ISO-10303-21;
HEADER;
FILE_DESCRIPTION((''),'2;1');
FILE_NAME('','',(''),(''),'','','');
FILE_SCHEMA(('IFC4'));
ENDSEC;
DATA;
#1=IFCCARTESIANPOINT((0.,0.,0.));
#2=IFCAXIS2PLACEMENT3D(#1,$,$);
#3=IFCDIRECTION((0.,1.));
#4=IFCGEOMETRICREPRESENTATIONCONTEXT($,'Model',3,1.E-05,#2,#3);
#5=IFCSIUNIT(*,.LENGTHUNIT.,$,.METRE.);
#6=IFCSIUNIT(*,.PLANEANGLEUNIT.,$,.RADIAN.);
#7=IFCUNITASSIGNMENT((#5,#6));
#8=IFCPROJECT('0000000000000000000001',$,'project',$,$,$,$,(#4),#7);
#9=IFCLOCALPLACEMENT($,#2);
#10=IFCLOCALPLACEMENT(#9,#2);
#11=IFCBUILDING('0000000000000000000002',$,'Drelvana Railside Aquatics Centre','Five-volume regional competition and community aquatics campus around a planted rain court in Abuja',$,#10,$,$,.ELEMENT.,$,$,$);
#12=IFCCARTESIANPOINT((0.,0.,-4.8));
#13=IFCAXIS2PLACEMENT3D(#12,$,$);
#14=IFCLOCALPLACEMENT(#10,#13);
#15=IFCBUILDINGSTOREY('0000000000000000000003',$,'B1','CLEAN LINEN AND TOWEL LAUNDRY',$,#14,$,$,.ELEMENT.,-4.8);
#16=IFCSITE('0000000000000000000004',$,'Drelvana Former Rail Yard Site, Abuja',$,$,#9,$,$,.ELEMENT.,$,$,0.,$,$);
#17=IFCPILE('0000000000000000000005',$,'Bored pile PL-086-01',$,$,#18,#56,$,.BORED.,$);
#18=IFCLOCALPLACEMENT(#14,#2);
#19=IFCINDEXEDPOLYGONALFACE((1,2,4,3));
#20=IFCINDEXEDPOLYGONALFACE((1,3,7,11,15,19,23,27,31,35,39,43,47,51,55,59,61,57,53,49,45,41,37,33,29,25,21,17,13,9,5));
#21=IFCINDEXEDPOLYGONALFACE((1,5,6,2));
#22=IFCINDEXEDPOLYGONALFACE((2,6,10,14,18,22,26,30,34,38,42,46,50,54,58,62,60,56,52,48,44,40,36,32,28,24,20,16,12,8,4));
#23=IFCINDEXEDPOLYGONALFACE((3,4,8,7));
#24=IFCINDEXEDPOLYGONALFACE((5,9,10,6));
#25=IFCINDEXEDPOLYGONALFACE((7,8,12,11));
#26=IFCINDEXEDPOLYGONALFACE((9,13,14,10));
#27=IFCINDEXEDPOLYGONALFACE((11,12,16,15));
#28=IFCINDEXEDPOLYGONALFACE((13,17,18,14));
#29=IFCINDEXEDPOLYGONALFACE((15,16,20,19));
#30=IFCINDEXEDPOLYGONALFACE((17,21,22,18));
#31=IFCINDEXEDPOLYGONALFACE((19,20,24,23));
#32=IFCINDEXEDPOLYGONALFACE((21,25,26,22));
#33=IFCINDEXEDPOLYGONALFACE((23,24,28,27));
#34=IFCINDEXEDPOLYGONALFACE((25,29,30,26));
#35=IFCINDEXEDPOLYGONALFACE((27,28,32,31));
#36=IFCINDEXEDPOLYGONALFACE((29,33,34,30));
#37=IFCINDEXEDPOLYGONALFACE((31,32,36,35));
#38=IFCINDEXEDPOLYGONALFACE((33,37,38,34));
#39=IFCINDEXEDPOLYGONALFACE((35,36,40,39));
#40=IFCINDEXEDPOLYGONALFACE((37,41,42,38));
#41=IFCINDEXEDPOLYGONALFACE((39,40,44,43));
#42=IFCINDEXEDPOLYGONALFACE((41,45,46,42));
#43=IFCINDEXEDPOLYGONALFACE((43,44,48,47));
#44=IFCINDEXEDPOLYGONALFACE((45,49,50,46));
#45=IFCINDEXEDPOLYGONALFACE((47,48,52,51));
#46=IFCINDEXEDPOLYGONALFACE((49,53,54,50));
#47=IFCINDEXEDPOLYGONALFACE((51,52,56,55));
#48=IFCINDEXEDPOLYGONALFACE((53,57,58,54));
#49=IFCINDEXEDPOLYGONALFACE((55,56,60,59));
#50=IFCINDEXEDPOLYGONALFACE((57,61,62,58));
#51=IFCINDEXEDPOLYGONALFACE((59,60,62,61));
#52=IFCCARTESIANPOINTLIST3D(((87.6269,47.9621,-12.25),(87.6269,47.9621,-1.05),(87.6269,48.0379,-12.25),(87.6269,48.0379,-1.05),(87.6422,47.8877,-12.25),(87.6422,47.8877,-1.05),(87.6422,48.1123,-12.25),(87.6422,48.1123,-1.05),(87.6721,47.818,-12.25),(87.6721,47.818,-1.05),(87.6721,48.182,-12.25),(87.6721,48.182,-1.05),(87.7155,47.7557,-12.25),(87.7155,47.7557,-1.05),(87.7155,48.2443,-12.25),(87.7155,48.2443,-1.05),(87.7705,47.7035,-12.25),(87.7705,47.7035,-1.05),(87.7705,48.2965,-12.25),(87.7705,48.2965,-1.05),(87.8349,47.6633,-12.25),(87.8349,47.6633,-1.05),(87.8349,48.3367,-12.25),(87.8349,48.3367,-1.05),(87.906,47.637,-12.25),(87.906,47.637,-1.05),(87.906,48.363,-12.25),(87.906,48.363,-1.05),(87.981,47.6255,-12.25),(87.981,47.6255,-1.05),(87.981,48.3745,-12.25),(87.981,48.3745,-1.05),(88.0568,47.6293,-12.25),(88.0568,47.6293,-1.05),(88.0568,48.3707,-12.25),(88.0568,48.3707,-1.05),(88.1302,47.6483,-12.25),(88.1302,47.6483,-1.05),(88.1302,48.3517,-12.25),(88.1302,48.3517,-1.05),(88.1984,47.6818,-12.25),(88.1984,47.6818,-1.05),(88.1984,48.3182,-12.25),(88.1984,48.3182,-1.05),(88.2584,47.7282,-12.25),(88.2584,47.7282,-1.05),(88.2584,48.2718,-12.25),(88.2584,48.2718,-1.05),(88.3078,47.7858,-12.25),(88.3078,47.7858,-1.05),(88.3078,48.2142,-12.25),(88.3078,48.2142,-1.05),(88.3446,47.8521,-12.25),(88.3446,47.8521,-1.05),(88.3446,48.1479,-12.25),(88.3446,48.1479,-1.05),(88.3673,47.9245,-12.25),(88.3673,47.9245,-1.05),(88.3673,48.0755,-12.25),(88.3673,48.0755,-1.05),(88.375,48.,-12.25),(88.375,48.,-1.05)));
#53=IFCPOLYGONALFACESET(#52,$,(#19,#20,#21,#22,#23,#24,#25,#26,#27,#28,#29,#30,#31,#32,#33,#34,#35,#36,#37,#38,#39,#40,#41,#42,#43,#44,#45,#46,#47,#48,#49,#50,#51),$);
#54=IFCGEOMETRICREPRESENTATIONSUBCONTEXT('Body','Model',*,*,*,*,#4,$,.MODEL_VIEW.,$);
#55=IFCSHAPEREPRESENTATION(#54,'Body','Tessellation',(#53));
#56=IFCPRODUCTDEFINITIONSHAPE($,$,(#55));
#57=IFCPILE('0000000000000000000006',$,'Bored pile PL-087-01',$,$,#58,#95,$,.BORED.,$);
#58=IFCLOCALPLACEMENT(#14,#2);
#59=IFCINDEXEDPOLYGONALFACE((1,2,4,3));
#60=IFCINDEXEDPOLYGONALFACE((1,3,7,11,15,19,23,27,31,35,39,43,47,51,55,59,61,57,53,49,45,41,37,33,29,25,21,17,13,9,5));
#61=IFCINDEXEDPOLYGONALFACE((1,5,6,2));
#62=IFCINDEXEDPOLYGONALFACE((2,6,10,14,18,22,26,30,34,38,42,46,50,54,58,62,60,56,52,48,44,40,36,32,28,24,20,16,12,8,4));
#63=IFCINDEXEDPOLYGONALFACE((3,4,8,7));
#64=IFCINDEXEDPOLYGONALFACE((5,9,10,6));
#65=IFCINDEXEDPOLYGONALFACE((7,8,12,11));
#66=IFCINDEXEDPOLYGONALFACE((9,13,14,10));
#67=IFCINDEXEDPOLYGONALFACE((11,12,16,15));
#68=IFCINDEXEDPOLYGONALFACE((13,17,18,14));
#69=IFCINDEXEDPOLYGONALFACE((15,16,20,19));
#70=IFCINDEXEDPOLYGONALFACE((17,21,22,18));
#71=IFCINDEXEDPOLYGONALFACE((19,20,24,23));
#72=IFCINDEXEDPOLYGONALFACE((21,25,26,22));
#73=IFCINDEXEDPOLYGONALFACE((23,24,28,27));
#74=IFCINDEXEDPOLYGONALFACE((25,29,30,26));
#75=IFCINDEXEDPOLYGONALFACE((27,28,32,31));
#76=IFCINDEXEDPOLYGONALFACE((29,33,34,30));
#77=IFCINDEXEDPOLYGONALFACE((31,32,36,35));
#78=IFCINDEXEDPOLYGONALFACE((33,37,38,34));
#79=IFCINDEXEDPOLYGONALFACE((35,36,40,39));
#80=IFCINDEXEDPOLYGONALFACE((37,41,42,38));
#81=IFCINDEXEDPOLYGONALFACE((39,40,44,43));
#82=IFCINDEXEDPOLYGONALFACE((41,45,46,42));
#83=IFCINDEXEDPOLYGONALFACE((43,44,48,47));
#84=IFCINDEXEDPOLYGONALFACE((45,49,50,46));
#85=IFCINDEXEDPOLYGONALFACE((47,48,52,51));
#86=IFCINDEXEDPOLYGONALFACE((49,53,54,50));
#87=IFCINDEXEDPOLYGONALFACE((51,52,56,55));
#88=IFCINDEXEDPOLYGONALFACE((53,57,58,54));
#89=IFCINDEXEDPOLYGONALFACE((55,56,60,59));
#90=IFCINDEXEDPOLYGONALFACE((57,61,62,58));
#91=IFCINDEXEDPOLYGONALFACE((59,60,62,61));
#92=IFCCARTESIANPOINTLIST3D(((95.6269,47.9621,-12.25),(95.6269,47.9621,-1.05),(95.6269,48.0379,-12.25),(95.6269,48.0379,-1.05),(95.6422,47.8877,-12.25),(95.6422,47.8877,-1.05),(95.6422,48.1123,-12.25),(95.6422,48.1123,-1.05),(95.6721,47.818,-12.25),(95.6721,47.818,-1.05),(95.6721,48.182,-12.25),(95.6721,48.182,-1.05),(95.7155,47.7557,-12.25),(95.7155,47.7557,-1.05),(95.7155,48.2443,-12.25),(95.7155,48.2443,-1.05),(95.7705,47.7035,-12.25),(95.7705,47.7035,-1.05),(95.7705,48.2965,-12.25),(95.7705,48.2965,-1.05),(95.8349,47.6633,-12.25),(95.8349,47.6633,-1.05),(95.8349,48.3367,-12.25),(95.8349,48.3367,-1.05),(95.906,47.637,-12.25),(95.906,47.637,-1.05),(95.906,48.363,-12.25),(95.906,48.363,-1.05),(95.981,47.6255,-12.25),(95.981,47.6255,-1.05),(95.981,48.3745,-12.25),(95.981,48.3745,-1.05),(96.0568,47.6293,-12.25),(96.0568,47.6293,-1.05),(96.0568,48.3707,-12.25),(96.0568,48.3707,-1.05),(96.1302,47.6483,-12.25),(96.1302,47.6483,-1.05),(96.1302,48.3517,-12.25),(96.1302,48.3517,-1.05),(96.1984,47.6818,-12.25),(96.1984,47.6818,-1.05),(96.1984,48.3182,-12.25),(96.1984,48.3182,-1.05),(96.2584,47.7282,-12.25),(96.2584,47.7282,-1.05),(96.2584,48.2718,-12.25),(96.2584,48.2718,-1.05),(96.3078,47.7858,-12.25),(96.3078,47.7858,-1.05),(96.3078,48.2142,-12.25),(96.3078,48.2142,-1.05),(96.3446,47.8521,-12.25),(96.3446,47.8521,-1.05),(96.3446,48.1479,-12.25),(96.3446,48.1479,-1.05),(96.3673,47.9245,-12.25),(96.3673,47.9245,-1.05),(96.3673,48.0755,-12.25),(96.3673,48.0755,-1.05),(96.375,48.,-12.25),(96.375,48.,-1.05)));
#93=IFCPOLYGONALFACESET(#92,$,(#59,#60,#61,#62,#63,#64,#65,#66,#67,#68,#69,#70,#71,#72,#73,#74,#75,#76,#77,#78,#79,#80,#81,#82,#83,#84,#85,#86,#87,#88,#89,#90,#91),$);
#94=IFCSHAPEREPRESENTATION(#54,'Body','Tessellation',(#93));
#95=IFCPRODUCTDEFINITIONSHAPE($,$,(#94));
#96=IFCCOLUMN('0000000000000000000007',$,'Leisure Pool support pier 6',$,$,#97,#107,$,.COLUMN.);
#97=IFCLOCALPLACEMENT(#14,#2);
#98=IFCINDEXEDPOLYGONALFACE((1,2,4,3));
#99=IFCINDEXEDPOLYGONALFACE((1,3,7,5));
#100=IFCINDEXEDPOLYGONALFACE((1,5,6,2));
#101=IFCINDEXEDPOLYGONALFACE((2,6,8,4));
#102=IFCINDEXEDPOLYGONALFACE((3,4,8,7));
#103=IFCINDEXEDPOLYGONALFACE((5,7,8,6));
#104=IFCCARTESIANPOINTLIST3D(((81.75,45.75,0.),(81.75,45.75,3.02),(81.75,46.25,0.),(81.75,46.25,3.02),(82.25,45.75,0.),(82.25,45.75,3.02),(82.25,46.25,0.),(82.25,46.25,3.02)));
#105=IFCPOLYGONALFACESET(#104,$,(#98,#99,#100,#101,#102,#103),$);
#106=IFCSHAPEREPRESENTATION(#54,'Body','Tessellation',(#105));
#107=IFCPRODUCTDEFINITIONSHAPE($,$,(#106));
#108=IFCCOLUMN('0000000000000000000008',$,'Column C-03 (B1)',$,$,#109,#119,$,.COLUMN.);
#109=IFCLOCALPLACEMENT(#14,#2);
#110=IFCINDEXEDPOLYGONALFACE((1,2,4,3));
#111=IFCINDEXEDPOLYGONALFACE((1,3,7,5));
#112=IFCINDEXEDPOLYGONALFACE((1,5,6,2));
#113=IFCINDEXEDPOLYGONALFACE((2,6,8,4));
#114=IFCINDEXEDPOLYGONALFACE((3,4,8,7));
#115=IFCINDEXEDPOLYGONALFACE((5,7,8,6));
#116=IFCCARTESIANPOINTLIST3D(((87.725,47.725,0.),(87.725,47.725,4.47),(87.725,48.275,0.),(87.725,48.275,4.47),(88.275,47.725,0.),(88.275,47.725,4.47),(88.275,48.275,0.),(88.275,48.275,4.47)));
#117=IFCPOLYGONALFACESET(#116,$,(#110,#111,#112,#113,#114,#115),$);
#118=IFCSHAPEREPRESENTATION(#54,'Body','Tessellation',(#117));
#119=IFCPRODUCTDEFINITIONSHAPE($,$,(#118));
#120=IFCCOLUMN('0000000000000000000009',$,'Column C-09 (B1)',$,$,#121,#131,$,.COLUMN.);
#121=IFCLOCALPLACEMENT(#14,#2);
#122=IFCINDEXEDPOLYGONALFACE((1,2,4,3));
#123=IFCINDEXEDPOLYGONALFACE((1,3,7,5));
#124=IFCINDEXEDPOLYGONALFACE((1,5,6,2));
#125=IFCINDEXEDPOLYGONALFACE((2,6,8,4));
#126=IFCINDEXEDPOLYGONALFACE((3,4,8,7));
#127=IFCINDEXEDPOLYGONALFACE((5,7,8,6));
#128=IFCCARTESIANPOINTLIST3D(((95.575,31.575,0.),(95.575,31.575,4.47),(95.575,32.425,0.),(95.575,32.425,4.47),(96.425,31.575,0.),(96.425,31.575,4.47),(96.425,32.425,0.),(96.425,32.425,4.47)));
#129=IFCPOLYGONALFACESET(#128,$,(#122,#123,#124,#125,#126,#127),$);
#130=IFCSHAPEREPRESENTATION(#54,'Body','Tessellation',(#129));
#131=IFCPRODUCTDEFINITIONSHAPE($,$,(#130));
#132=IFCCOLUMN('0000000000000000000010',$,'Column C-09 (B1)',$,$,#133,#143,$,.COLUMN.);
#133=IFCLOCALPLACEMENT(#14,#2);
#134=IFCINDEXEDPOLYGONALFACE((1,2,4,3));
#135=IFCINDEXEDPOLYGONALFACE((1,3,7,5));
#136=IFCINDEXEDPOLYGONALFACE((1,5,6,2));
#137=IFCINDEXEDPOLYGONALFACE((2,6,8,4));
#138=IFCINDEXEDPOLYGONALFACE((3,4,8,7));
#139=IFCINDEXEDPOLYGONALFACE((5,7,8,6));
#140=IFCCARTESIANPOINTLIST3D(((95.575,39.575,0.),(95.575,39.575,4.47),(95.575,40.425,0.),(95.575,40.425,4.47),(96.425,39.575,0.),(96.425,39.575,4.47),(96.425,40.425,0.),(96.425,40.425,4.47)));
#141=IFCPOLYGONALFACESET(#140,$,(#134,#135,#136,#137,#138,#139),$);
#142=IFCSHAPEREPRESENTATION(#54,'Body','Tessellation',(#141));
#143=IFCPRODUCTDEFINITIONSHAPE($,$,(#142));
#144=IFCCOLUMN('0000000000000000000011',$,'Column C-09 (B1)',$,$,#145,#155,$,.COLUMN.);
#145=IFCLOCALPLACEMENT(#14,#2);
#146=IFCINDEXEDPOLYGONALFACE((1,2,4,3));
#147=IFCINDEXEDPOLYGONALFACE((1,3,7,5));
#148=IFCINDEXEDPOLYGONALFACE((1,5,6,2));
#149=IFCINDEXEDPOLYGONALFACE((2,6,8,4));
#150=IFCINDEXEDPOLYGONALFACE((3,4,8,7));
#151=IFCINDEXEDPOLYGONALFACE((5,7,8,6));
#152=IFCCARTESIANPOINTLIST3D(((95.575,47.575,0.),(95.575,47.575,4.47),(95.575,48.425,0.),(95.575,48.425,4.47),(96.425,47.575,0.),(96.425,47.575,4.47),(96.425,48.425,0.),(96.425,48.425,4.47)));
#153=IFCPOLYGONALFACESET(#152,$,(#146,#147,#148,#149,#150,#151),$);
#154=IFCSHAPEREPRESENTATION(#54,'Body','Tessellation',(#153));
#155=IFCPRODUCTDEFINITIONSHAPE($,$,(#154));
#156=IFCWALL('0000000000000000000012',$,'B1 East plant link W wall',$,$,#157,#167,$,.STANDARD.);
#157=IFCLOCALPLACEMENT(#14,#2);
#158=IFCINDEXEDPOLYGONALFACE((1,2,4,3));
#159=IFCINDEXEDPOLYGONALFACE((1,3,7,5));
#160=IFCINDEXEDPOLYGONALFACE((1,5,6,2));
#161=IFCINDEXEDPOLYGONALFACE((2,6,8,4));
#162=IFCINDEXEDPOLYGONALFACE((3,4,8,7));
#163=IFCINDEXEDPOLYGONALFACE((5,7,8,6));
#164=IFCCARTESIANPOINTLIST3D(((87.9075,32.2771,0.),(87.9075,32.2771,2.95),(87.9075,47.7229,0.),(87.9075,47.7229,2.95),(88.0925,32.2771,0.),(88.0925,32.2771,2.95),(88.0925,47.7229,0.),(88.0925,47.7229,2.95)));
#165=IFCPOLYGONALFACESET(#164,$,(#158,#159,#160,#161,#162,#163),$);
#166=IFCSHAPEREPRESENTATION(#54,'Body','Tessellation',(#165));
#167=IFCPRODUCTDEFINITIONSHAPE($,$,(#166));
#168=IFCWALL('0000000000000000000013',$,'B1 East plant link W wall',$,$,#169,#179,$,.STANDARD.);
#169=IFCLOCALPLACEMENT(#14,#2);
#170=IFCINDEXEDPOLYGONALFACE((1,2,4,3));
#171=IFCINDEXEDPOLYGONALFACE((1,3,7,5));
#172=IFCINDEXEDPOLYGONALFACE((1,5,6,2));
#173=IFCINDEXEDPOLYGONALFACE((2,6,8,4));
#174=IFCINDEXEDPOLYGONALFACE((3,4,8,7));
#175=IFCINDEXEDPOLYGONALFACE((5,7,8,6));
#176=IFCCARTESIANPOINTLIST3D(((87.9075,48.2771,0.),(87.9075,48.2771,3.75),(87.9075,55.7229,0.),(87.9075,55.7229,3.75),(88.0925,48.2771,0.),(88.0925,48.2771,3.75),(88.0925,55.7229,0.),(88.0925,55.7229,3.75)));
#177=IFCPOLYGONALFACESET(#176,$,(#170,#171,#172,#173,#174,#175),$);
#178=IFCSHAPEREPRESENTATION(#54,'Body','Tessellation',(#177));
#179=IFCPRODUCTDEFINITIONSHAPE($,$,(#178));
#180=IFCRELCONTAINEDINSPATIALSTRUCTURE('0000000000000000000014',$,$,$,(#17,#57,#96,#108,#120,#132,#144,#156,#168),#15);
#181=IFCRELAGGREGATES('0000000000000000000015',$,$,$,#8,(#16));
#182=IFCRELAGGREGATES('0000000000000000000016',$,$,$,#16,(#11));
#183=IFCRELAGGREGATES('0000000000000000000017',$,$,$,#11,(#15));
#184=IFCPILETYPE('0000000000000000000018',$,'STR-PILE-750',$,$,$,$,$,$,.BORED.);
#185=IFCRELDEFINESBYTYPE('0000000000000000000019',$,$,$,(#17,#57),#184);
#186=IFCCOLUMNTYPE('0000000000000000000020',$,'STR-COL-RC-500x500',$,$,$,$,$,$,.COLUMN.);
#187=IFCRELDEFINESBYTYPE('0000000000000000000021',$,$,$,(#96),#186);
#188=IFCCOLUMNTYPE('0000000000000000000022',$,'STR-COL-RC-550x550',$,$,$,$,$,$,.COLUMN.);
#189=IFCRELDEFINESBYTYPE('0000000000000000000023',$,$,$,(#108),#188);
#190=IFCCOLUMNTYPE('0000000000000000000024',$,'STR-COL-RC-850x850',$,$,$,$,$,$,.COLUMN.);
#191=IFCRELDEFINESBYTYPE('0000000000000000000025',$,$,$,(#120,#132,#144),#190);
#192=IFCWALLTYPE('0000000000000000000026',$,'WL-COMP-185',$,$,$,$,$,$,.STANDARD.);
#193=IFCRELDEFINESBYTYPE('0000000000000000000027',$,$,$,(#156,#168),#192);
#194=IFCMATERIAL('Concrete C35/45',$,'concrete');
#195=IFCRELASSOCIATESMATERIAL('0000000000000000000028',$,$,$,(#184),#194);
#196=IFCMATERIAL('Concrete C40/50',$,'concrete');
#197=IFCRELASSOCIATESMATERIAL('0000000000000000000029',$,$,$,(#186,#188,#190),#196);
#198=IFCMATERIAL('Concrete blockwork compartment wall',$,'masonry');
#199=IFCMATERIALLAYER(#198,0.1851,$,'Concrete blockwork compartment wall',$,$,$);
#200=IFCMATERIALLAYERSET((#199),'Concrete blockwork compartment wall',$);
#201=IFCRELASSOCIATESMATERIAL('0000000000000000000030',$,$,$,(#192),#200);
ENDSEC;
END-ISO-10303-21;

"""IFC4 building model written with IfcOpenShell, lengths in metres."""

from ifc_helpers import new_model, si_unit, direction, frame, frame_2d, origin, origin_2d, place, context, subcontext, project, spatial, rectangle, circle, extrude, material, layer, layer_set, material_profile, profile_set, type_object, element, save


model = new_model("IFC4")

# Units and contexts
model_context = context("Model", 3, precision=1e-05, world=origin(), true_north=direction((0.0, 1.0)))
body_context = subcontext(model_context, "Body", "Model", "MODEL_VIEW")
ifc_project = project(units=[si_unit("LENGTHUNIT", "METRE"), si_unit("PLANEANGLEUNIT", "RADIAN")], contexts=[model_context])

# Site, building, storey
site_placement = place(None, origin())
site = spatial("IfcSite", under=ifc_project, at=site_placement, Name="Drelvana Former Rail Yard Site, Abuja", CompositionType="ELEMENT", RefElevation=0.0)
building_placement = place(site_placement, origin())
building = spatial("IfcBuilding", under=site, at=building_placement, Name="Drelvana Railside Aquatics Centre", Description="Five-volume regional competition and community aquatics campus around a planted rain court in Abuja", CompositionType="ELEMENT")
storey_placement = place(building_placement, frame((0.0, 0.0, -4.8)))
storey = spatial("IfcBuildingStorey", under=building, at=storey_placement, Name="B1", Description="CLEAN LINEN AND TOWEL LAUNDRY", CompositionType="ELEMENT", Elevation=-4.8)

# Shared definitions
ifc_material_1 = material(Name="Concrete C35/45", Category="concrete")

# Piles
ifc_material_profile_1 = material_profile(ifc_material_1, circle(Radius=0.375, at=origin_2d()), Name="PILE D750")
ifc_profile_set_1 = profile_set([ifc_material_profile_1], Name="Concrete C35/45")
pile_type = type_object("IfcPileType", Name="STR-PILE-750", PredefinedType="BORED", material=ifc_profile_set_1)
for number, where, z_axis, x_axis, name in (
    (1, (88.0, 48.0, -1.05), (0.0, 0.0, -1.0), (1.0, 0.0, 0.0), "Bored pile PL-086-01"),
    (2, (96.0, 48.0, -1.05), (0.0, 0.0, -1.0), (1.0, 0.0, 0.0), "Bored pile PL-087-01"),
):
    element("IfcPile", number, at=place(storey_placement, frame(where, z_axis=z_axis, x_axis=x_axis)), inside=storey, type_object=pile_type, Name=name, PredefinedType="BORED", context=body_context, shape_type="SweptSolid", body=[
        extrude(circle(Radius=0.375, at=origin_2d()), origin(), (0.0, 0.0, 1.0), 11.2),
    ])

# Columns
ifc_material_2 = material(Name="Concrete C40/50", Category="concrete")
ifc_material_profile_2 = material_profile(ifc_material_2, rectangle(XDim=0.5, YDim=0.5, at=origin_2d()), Name="RC 500x500")
ifc_profile_set_2 = profile_set([ifc_material_profile_2], Name="Concrete C40/50")
column_type_1 = type_object("IfcColumnType", Name="STR-COL-RC-500x500", PredefinedType="COLUMN", material=ifc_profile_set_2)
column_1_placement = place(storey_placement, frame((82.0, 46.0, 0.0), z_axis=(0.0, 0.0, 1.0), x_axis=(1.0, 0.0, 0.0)))
element("IfcColumn", 3, at=column_1_placement, inside=storey, type_object=column_type_1, Name="Leisure Pool support pier 6", PredefinedType="COLUMN", context=body_context, shape_type="SweptSolid", body=[
    extrude(rectangle(XDim=0.5, YDim=0.5, at=origin_2d()), origin(), (0.0, 0.0, 1.0), 3.02),
])
ifc_material_profile_3 = material_profile(ifc_material_2, rectangle(XDim=0.55, YDim=0.55, at=origin_2d()), Name="RC 550x550")
ifc_profile_set_3 = profile_set([ifc_material_profile_3], Name="Concrete C40/50")
column_type_2 = type_object("IfcColumnType", Name="STR-COL-RC-550x550", PredefinedType="COLUMN", material=ifc_profile_set_3)
column_2_placement = place(storey_placement, frame((88.0, 48.0, 0.0), z_axis=(0.0, 0.0, 1.0), x_axis=(1.0, 0.0, 0.0)))
element("IfcColumn", 4, at=column_2_placement, inside=storey, type_object=column_type_2, Name="Column C-03 (B1)", PredefinedType="COLUMN", context=body_context, shape_type="SweptSolid", body=[
    extrude(rectangle(XDim=0.55, YDim=0.55, at=origin_2d()), origin(), (0.0, 0.0, 1.0), 4.47),
])
ifc_material_profile_4 = material_profile(ifc_material_2, rectangle(XDim=0.8501, YDim=0.8501, at=origin_2d()), Name="RC 850x850")
ifc_profile_set_4 = profile_set([ifc_material_profile_4], Name="Concrete C40/50")
column_type_3 = type_object("IfcColumnType", Name="STR-COL-RC-850x850", PredefinedType="COLUMN", material=ifc_profile_set_4)
for number, where, z_axis, x_axis, name in (
    (5, (96.0, 32.0, 0.0), (0.0, 0.0, 1.0), (1.0, 0.0, 0.0), "Column C-09 (B1)"),
    (6, (96.0, 40.0, 0.0), (0.0, 0.0, 1.0), (1.0, 0.0, 0.0), "Column C-09 (B1)"),
    (7, (96.0, 48.0, 0.0), (0.0, 0.0, 1.0), (1.0, 0.0, 0.0), "Column C-09 (B1)"),
):
    element("IfcColumn", number, at=place(storey_placement, frame(where, z_axis=z_axis, x_axis=x_axis)), inside=storey, type_object=column_type_3, Name=name, PredefinedType="COLUMN", context=body_context, shape_type="SweptSolid", body=[
        extrude(rectangle(XDim=0.8501, YDim=0.8501, at=origin_2d()), origin(), (0.0, 0.0, 1.0), 4.47),
    ])

# Walls
ifc_material_3 = material(Name="Concrete blockwork compartment wall", Category="masonry")
ifc_layer = layer(ifc_material_3, 0.1851, Name="Concrete blockwork compartment wall")
ifc_layer_set = layer_set([ifc_layer], Name="Concrete blockwork compartment wall")
wall_type = type_object("IfcWallType", Name="WL-COMP-185", PredefinedType="STANDARD", material=ifc_layer_set)
wall_1_placement = place(storey_placement, frame((88.0, 32.2771, 0.0), z_axis=(0.0, 0.0, 1.0), x_axis=(0.0, 1.0, 0.0)))
element("IfcWall", 8, at=wall_1_placement, inside=storey, type_object=wall_type, Name="B1 East plant link W wall", PredefinedType="STANDARD", context=body_context, shape_type="SweptSolid", body=[
    extrude(rectangle(XDim=15.4458, YDim=0.1851, at=frame_2d((7.7229, 0.0))), origin(), (0.0, 0.0, 1.0), 2.95),
])
wall_2_placement = place(storey_placement, frame((88.0, 48.2771, 0.0), z_axis=(0.0, 0.0, 1.0), x_axis=(0.0, 1.0, 0.0)))
element("IfcWall", 9, at=wall_2_placement, inside=storey, type_object=wall_type, Name="B1 East plant link W wall", PredefinedType="STANDARD", context=body_context, shape_type="SweptSolid", body=[
    extrude(rectangle(XDim=7.4458, YDim=0.1851, at=frame_2d((3.7229, 0.0))), origin(), (0.0, 0.0, 1.0), 3.75),
])

save(model, "model.ifc")
